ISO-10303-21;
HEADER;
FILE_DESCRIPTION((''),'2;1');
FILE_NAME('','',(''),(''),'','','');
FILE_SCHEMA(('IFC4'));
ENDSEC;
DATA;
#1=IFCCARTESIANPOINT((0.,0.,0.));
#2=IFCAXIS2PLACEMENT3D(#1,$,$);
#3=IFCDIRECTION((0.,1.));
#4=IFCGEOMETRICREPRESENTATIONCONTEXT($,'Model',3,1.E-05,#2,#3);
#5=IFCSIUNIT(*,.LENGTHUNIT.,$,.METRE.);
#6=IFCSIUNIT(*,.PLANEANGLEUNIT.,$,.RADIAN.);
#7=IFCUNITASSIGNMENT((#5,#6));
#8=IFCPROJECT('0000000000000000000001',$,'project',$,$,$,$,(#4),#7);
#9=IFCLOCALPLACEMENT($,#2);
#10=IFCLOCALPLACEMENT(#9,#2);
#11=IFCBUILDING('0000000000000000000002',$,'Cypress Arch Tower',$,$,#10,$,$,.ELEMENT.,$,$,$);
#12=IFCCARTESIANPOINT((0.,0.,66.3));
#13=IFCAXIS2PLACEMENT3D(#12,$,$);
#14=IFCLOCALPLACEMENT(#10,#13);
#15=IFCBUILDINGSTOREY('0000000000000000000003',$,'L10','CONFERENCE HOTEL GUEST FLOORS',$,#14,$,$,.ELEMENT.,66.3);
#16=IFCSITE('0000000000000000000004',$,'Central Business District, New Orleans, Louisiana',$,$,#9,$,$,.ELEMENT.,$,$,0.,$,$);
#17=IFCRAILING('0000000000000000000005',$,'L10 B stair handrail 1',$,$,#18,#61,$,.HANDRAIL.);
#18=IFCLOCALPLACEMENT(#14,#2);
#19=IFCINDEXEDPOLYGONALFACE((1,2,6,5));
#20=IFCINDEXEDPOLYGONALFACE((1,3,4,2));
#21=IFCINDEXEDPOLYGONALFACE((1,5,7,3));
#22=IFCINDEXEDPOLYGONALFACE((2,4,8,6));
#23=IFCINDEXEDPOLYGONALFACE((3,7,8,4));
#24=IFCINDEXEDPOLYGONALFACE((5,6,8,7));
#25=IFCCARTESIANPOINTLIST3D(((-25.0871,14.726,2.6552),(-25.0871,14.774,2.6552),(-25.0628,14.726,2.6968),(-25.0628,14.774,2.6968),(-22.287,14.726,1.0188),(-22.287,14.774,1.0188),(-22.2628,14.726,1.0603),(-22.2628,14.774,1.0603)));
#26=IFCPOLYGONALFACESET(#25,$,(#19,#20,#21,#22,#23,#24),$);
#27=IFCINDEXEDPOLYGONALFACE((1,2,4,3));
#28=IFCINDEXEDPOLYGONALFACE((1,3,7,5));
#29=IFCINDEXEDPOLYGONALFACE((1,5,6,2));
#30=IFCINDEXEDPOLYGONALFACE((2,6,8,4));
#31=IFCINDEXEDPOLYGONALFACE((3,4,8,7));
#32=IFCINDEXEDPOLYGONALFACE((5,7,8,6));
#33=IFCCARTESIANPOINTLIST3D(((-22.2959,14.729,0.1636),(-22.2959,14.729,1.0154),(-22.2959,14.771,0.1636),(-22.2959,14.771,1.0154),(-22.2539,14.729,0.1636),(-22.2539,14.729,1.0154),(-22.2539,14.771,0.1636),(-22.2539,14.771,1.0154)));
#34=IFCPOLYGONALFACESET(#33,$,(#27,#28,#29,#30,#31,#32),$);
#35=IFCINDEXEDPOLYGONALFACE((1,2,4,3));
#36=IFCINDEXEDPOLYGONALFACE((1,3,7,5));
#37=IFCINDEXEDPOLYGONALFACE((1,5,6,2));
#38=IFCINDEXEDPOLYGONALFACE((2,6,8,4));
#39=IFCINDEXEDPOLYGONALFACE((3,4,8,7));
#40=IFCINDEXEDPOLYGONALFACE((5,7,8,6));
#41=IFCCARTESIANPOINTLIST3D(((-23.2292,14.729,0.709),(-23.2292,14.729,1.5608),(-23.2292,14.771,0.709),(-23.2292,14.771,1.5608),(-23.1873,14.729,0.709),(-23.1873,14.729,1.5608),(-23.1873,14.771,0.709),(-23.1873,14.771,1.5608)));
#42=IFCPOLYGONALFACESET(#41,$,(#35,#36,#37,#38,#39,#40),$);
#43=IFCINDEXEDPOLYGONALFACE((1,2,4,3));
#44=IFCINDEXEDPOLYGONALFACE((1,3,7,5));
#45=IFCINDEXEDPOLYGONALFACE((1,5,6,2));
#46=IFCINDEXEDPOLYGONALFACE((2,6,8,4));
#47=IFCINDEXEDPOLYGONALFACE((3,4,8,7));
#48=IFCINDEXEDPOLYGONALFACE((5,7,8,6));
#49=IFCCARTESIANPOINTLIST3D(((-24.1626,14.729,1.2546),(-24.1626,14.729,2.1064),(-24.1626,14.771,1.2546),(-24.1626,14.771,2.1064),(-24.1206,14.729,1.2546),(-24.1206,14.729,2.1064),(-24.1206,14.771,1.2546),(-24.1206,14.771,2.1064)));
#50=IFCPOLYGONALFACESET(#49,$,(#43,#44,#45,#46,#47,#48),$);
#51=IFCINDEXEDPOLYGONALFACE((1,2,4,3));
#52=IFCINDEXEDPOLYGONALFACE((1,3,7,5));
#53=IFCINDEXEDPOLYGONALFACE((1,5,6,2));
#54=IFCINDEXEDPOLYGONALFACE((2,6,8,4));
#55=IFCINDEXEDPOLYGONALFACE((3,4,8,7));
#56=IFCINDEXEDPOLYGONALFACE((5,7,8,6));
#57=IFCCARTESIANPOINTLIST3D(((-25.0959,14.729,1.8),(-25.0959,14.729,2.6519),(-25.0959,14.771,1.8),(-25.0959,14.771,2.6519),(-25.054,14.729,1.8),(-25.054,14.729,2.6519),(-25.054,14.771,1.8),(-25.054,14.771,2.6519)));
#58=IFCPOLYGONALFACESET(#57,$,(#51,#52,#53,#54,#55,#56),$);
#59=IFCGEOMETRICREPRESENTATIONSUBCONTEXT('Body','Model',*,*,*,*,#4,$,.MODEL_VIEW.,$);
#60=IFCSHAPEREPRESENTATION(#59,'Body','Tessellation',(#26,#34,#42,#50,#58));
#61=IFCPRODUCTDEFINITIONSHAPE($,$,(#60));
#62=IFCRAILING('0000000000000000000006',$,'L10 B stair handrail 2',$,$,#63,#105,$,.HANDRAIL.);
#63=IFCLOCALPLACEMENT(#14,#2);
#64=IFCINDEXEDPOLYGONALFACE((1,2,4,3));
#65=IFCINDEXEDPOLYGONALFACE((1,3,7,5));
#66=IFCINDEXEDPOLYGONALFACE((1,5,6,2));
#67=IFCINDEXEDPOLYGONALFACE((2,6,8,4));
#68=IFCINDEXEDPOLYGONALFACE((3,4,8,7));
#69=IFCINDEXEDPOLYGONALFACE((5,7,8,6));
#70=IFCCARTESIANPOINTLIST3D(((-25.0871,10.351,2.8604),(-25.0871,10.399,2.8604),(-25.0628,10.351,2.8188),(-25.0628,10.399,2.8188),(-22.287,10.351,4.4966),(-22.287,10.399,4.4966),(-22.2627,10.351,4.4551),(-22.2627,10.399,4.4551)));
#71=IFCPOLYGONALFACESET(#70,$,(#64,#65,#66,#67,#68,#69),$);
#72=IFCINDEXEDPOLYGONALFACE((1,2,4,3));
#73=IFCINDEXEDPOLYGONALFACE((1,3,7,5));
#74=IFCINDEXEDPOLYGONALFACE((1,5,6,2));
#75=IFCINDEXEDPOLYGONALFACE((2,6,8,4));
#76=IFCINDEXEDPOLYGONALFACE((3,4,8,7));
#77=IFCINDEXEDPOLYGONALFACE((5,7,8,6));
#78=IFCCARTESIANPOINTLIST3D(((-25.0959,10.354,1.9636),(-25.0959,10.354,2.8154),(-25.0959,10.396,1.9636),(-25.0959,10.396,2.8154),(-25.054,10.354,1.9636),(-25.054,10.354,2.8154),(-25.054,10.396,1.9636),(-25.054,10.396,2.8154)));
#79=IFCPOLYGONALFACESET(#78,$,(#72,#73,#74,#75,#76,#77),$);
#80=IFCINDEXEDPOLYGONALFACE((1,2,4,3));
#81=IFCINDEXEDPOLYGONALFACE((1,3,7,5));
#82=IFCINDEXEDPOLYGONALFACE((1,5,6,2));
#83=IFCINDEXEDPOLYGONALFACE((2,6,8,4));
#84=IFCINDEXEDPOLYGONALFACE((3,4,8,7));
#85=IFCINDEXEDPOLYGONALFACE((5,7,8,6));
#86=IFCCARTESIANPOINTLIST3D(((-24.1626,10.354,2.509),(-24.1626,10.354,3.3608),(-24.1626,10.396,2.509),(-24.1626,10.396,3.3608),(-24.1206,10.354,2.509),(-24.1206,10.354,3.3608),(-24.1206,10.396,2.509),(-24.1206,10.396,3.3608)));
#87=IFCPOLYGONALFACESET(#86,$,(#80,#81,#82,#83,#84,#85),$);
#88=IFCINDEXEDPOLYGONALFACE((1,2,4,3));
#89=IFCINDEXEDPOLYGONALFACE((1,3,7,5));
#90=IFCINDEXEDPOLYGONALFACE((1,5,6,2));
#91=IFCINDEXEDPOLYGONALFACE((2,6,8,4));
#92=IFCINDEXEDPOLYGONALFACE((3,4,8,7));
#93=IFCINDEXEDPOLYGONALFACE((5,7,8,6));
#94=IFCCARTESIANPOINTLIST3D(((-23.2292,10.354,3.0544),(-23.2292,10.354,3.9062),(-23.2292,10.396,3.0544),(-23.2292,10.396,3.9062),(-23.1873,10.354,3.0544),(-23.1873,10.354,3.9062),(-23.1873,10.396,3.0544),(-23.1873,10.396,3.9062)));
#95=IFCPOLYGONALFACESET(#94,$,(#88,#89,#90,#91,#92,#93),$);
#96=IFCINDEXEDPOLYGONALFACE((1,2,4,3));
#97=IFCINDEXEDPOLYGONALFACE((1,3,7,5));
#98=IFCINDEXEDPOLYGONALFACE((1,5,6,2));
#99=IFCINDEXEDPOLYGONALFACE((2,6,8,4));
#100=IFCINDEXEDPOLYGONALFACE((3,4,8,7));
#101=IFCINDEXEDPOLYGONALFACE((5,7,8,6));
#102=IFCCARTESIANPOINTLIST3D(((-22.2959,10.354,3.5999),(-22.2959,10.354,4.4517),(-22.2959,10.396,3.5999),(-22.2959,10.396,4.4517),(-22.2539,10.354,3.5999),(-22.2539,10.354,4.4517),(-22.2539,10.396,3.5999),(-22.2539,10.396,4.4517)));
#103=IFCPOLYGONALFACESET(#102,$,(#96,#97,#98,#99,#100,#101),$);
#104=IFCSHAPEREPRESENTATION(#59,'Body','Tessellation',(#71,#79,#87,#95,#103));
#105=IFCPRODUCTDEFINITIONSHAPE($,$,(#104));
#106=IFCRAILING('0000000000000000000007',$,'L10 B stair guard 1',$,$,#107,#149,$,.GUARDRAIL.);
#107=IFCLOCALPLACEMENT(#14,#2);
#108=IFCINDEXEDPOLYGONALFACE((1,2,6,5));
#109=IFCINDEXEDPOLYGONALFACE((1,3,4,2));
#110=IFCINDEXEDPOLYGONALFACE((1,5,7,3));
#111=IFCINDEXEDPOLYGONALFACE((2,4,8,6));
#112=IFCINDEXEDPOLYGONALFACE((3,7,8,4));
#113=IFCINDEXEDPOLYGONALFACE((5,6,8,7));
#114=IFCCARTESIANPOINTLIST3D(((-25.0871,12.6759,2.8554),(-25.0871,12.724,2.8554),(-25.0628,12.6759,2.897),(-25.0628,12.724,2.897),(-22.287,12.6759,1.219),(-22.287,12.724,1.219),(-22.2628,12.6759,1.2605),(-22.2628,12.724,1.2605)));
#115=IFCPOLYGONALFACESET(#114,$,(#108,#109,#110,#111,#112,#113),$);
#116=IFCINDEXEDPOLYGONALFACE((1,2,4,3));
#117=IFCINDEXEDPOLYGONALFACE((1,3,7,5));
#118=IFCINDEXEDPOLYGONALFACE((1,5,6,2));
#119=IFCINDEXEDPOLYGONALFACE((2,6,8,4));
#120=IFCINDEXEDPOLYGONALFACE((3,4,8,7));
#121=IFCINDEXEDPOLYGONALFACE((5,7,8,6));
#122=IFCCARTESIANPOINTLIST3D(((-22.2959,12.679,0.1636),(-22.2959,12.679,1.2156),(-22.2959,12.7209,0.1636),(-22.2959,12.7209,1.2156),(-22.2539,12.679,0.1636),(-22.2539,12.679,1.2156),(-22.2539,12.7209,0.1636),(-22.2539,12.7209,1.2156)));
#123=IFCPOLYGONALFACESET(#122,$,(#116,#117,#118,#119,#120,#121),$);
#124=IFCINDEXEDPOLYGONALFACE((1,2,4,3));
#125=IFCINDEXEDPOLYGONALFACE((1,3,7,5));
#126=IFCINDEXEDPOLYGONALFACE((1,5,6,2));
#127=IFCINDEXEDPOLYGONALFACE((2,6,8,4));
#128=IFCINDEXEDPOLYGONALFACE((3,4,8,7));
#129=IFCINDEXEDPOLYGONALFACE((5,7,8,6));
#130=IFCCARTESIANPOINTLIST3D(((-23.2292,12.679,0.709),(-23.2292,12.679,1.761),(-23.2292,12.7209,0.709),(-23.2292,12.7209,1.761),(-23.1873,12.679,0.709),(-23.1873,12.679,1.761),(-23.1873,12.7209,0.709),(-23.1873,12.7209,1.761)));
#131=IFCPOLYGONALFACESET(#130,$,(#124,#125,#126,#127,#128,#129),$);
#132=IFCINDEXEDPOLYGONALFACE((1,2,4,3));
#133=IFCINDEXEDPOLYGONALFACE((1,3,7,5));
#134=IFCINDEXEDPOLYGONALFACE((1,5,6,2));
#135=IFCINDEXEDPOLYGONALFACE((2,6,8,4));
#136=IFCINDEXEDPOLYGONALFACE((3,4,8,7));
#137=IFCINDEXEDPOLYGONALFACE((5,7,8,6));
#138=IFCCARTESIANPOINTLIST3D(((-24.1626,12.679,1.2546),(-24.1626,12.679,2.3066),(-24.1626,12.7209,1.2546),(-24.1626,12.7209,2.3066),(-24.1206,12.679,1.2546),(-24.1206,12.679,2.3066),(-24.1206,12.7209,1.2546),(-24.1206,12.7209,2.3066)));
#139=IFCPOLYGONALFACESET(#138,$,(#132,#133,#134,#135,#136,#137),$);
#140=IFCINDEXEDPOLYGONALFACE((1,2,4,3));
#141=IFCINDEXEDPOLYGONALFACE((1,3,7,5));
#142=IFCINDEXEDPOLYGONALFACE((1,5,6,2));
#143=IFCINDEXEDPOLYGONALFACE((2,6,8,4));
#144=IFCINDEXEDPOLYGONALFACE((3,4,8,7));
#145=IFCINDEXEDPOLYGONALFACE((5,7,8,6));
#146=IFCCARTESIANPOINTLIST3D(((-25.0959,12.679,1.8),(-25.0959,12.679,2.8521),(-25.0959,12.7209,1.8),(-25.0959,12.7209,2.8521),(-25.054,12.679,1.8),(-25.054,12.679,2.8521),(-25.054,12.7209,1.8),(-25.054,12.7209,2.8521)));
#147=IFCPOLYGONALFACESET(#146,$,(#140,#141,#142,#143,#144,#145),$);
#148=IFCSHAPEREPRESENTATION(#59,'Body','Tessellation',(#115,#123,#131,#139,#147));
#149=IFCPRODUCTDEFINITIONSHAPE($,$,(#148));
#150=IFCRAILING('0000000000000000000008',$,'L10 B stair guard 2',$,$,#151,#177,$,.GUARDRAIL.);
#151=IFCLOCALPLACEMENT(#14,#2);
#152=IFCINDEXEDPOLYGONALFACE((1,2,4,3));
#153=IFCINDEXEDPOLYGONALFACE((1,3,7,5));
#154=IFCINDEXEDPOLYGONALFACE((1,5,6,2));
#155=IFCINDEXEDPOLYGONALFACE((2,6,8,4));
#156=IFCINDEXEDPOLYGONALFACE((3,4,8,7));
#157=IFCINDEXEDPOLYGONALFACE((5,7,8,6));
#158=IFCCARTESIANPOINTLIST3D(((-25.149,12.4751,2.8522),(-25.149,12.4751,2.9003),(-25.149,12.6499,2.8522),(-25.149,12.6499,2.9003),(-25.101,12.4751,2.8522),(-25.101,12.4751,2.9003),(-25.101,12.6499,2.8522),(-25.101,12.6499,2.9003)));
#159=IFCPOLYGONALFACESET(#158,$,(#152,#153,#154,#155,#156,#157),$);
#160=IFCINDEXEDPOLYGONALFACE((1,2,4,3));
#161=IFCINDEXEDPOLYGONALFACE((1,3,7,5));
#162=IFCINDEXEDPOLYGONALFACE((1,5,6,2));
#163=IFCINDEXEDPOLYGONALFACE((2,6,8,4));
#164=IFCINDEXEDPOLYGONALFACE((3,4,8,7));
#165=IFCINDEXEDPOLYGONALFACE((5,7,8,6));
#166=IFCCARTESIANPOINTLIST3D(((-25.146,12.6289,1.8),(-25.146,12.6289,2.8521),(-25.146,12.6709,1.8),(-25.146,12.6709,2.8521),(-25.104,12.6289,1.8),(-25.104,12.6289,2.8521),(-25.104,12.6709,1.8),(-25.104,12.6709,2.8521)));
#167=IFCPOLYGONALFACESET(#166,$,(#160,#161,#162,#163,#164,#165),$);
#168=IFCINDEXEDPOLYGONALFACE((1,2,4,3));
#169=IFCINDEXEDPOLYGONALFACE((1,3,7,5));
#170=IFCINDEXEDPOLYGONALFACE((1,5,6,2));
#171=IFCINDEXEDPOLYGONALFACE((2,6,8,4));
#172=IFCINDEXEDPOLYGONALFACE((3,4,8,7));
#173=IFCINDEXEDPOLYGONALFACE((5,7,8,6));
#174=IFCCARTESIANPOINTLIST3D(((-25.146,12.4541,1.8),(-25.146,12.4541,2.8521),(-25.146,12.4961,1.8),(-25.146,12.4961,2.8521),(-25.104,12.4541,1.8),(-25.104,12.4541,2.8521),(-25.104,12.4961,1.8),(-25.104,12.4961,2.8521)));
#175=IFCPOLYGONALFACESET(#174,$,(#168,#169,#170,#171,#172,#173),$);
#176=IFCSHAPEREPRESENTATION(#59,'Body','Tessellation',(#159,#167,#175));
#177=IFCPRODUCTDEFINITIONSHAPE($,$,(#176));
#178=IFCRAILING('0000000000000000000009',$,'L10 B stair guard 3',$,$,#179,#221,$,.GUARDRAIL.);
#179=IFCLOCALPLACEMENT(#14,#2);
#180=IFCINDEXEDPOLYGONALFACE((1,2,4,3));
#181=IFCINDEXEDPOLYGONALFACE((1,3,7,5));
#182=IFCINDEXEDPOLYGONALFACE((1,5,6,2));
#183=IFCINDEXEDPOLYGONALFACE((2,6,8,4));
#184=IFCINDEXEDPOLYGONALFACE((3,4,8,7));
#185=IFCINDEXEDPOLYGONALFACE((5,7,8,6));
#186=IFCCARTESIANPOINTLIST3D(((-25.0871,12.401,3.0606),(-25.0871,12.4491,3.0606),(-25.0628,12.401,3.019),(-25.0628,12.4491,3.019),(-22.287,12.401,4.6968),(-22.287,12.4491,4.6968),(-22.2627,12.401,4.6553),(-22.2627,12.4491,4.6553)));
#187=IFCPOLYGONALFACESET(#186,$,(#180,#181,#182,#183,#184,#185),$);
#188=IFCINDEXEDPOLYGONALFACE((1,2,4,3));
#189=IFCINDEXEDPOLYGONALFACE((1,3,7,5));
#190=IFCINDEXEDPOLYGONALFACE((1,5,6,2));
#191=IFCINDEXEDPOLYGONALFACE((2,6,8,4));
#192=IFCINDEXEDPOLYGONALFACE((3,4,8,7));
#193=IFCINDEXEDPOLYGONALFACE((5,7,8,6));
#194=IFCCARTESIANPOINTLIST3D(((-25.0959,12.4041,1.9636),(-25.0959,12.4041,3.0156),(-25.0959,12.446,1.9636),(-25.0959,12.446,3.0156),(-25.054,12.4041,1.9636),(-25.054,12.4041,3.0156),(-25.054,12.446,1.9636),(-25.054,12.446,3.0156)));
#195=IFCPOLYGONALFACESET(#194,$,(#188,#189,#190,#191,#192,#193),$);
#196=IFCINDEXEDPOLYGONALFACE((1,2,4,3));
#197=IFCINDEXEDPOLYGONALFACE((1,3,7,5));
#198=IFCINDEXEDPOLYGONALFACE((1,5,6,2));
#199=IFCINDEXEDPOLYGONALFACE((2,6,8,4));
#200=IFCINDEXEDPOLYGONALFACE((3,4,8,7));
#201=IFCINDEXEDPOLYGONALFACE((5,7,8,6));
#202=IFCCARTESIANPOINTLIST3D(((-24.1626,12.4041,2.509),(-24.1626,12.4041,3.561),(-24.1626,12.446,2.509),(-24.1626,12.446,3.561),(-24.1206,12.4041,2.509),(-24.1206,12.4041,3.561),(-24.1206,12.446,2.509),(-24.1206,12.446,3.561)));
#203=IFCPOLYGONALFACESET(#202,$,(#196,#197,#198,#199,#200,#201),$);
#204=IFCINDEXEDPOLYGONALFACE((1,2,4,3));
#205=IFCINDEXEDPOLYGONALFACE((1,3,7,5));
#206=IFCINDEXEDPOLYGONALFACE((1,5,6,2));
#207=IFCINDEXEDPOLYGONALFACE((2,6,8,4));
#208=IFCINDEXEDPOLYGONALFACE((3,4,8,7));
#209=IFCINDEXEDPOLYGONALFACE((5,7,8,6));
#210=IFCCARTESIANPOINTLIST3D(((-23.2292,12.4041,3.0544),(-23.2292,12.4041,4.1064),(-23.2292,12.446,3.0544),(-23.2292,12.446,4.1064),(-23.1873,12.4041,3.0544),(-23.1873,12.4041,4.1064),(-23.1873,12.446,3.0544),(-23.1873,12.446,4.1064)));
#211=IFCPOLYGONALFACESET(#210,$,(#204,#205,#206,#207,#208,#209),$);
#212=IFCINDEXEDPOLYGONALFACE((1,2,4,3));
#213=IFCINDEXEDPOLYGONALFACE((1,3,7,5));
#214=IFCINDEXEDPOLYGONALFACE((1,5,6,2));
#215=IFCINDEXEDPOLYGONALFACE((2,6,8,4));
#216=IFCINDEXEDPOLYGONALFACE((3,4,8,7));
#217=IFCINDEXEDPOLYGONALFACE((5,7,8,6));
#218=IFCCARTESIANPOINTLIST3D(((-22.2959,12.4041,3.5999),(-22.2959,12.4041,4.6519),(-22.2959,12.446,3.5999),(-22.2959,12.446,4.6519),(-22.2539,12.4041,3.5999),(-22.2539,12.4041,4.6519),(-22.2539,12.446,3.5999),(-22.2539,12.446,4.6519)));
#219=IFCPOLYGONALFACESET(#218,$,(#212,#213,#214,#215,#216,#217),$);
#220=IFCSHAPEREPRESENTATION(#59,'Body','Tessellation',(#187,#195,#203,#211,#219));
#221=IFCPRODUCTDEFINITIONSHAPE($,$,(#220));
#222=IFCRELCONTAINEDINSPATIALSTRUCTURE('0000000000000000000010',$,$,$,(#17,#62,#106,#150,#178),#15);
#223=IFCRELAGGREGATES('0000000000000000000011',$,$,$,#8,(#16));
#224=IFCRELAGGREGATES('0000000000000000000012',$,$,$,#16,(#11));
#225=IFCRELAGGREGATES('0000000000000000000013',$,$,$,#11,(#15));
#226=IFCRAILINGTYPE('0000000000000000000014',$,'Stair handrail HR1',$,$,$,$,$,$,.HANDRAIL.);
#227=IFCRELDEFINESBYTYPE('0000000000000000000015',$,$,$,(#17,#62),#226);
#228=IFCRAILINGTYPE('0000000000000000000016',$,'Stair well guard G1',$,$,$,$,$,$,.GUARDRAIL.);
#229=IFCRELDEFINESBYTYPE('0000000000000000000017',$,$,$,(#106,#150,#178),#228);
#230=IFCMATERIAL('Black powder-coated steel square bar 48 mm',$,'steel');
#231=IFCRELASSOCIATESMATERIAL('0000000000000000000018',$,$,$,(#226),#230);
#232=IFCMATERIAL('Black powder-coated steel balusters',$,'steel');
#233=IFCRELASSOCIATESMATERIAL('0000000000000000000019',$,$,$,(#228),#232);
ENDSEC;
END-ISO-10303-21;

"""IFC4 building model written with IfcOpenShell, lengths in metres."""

from ifc_helpers import new_model, si_unit, direction, frame, origin, origin_2d, place, context, subcontext, project, spatial, rectangle, extrude, material, type_object, element, save


model = new_model("IFC4")

# Units and contexts
model_context = context("Model", 3, precision=1e-05, world=origin(), true_north=direction((0.0, 1.0)))
body_context = subcontext(model_context, "Body", "Model", "MODEL_VIEW")
ifc_project = project(units=[si_unit("LENGTHUNIT", "METRE"), si_unit("PLANEANGLEUNIT", "RADIAN")], contexts=[model_context])

# Site, building, storey
site_placement = place(None, origin())
site = spatial("IfcSite", under=ifc_project, at=site_placement, Name="Central Business District, New Orleans, Louisiana", CompositionType="ELEMENT", RefElevation=0.0)
building_placement = place(site_placement, origin())
building = spatial("IfcBuilding", under=site, at=building_placement, Name="Cypress Arch Tower", CompositionType="ELEMENT")
storey_placement = place(building_placement, frame((0.0, 0.0, 66.3)))
storey = spatial("IfcBuildingStorey", under=building, at=storey_placement, Name="L10", Description="CONFERENCE HOTEL GUEST FLOORS", CompositionType="ELEMENT", Elevation=66.3)

# Railings
ifc_material_1 = material(Name="Black powder-coated steel square bar 48 mm", Category="steel")
railing_type_1 = type_object("IfcRailingType", Name="Stair handrail HR1", PredefinedType="HANDRAIL", material=ifc_material_1)
railing_1_placement = place(storey_placement, frame((-22.2749, 14.75, 0.1636)))
element("IfcRailing", 1, at=railing_1_placement, inside=storey, type_object=railing_type_1, Name="L10 B stair handrail 1", PredefinedType="HANDRAIL", context=body_context, shape_type="SweptSolid", body=[
    extrude(rectangle(XDim=0.0481, YDim=0.0481, at=origin_2d()), frame((0.0, 0.0, 0.876), z_axis=(-0.863361, 0.0, 0.504587), x_axis=(0.0, -1.0, 0.0)), (0.0, 0.0, 1.0), 3.2432),
    extrude(rectangle(XDim=0.042, YDim=0.042, at=origin_2d()), origin(), (0.0, 0.0, 1.0), 0.8518),
    extrude(rectangle(XDim=0.042, YDim=0.042, at=origin_2d()), frame((-0.9333, 0.0, 0.5454)), (0.0, 0.0, 1.0), 0.8518),
    extrude(rectangle(XDim=0.042, YDim=0.042, at=origin_2d()), frame((-1.8667, 0.0, 1.0911)), (0.0, 0.0, 1.0), 0.8518),
    extrude(rectangle(XDim=0.042, YDim=0.042, at=origin_2d()), frame((-2.8, 0.0, 1.6365)), (0.0, 0.0, 1.0), 0.8518),
])
railing_2_placement = place(storey_placement, frame((-25.075, 10.375, 1.9636)))
element("IfcRailing", 2, at=railing_2_placement, inside=storey, type_object=railing_type_1, Name="L10 B stair handrail 2", PredefinedType="HANDRAIL", context=body_context, shape_type="SweptSolid", body=[
    extrude(rectangle(XDim=0.0481, YDim=0.0481, at=origin_2d()), frame((0.0, 0.0, 0.876), z_axis=(0.863394, 0.0, 0.504531), x_axis=(0.0, 1.0, 0.0)), (0.0, 0.0, 1.0), 3.2432),
    extrude(rectangle(XDim=0.042, YDim=0.042, at=origin_2d()), origin(), (0.0, 0.0, 1.0), 0.8518),
    extrude(rectangle(XDim=0.042, YDim=0.042, at=origin_2d()), frame((0.9333, 0.0, 0.5454)), (0.0, 0.0, 1.0), 0.8518),
    extrude(rectangle(XDim=0.042, YDim=0.042, at=origin_2d()), frame((1.8667, 0.0, 1.0908)), (0.0, 0.0, 1.0), 0.8518),
    extrude(rectangle(XDim=0.042, YDim=0.042, at=origin_2d()), frame((2.8, 0.0, 1.6362)), (0.0, 0.0, 1.0), 0.8518),
])
ifc_material_2 = material(Name="Black powder-coated steel balusters", Category="steel")
railing_type_2 = type_object("IfcRailingType", Name="Stair well guard G1", PredefinedType="GUARDRAIL", material=ifc_material_2)
railing_3_placement = place(storey_placement, frame((-22.2749, 12.7, 0.1636)))
element("IfcRailing", 3, at=railing_3_placement, inside=storey, type_object=railing_type_2, Name="L10 B stair guard 1", PredefinedType="GUARDRAIL", context=body_context, shape_type="SweptSolid", body=[
    extrude(rectangle(XDim=0.0481, YDim=0.0481, at=origin_2d()), frame((0.0, 0.0, 1.0762), z_axis=(-0.863361, 0.0, 0.504587), x_axis=(0.0, -1.0, 0.0)), (0.0, 0.0, 1.0), 3.2432),
    extrude(rectangle(XDim=0.042, YDim=0.042, at=origin_2d()), origin(), (0.0, 0.0, 1.0), 1.052),
    extrude(rectangle(XDim=0.042, YDim=0.042, at=origin_2d()), frame((-0.9333, 0.0, 0.5454)), (0.0, 0.0, 1.0), 1.052),
    extrude(rectangle(XDim=0.042, YDim=0.042, at=origin_2d()), frame((-1.8667, 0.0, 1.0911)), (0.0, 0.0, 1.0), 1.052),
    extrude(rectangle(XDim=0.042, YDim=0.042, at=origin_2d()), frame((-2.8, 0.0, 1.6365)), (0.0, 0.0, 1.0), 1.052),
])
railing_4_placement = place(storey_placement, frame((-25.125, 12.6499, 1.8)))
element("IfcRailing", 4, at=railing_4_placement, inside=storey, type_object=railing_type_2, Name="L10 B stair guard 2", PredefinedType="GUARDRAIL", context=body_context, shape_type="SweptSolid", body=[
    extrude(rectangle(XDim=0.0481, YDim=0.0481, at=origin_2d()), frame((0.0, 0.0, 1.0762), z_axis=(0.0, -1.0, 0.0), x_axis=(1.0, 0.0, 0.0)), (0.0, 0.0, 1.0), 0.1748),
    extrude(rectangle(XDim=0.042, YDim=0.042, at=origin_2d()), origin(), (0.0, 0.0, 1.0), 1.052),
    extrude(rectangle(XDim=0.042, YDim=0.042, at=origin_2d()), frame((0.0, -0.1748, 0.0)), (0.0, 0.0, 1.0), 1.052),
])
railing_5_placement = place(storey_placement, frame((-25.075, 12.425, 1.9636)))
element("IfcRailing", 5, at=railing_5_placement, inside=storey, type_object=railing_type_2, Name="L10 B stair guard 3", PredefinedType="GUARDRAIL", context=body_context, shape_type="SweptSolid", body=[
    extrude(rectangle(XDim=0.0481, YDim=0.0481, at=origin_2d()), frame((0.0, 0.0, 1.0762), z_axis=(0.863394, 0.0, 0.504531), x_axis=(0.0, 1.0, 0.0)), (0.0, 0.0, 1.0), 3.2432),
    extrude(rectangle(XDim=0.042, YDim=0.042, at=origin_2d()), origin(), (0.0, 0.0, 1.0), 1.052),
    extrude(rectangle(XDim=0.042, YDim=0.042, at=origin_2d()), frame((0.9333, 0.0, 0.5454)), (0.0, 0.0, 1.0), 1.052),
    extrude(rectangle(XDim=0.042, YDim=0.042, at=origin_2d()), frame((1.8667, 0.0, 1.0908)), (0.0, 0.0, 1.0), 1.052),
    extrude(rectangle(XDim=0.042, YDim=0.042, at=origin_2d()), frame((2.8, 0.0, 1.6362)), (0.0, 0.0, 1.0), 1.052),
])

save(model, "model.ifc")
